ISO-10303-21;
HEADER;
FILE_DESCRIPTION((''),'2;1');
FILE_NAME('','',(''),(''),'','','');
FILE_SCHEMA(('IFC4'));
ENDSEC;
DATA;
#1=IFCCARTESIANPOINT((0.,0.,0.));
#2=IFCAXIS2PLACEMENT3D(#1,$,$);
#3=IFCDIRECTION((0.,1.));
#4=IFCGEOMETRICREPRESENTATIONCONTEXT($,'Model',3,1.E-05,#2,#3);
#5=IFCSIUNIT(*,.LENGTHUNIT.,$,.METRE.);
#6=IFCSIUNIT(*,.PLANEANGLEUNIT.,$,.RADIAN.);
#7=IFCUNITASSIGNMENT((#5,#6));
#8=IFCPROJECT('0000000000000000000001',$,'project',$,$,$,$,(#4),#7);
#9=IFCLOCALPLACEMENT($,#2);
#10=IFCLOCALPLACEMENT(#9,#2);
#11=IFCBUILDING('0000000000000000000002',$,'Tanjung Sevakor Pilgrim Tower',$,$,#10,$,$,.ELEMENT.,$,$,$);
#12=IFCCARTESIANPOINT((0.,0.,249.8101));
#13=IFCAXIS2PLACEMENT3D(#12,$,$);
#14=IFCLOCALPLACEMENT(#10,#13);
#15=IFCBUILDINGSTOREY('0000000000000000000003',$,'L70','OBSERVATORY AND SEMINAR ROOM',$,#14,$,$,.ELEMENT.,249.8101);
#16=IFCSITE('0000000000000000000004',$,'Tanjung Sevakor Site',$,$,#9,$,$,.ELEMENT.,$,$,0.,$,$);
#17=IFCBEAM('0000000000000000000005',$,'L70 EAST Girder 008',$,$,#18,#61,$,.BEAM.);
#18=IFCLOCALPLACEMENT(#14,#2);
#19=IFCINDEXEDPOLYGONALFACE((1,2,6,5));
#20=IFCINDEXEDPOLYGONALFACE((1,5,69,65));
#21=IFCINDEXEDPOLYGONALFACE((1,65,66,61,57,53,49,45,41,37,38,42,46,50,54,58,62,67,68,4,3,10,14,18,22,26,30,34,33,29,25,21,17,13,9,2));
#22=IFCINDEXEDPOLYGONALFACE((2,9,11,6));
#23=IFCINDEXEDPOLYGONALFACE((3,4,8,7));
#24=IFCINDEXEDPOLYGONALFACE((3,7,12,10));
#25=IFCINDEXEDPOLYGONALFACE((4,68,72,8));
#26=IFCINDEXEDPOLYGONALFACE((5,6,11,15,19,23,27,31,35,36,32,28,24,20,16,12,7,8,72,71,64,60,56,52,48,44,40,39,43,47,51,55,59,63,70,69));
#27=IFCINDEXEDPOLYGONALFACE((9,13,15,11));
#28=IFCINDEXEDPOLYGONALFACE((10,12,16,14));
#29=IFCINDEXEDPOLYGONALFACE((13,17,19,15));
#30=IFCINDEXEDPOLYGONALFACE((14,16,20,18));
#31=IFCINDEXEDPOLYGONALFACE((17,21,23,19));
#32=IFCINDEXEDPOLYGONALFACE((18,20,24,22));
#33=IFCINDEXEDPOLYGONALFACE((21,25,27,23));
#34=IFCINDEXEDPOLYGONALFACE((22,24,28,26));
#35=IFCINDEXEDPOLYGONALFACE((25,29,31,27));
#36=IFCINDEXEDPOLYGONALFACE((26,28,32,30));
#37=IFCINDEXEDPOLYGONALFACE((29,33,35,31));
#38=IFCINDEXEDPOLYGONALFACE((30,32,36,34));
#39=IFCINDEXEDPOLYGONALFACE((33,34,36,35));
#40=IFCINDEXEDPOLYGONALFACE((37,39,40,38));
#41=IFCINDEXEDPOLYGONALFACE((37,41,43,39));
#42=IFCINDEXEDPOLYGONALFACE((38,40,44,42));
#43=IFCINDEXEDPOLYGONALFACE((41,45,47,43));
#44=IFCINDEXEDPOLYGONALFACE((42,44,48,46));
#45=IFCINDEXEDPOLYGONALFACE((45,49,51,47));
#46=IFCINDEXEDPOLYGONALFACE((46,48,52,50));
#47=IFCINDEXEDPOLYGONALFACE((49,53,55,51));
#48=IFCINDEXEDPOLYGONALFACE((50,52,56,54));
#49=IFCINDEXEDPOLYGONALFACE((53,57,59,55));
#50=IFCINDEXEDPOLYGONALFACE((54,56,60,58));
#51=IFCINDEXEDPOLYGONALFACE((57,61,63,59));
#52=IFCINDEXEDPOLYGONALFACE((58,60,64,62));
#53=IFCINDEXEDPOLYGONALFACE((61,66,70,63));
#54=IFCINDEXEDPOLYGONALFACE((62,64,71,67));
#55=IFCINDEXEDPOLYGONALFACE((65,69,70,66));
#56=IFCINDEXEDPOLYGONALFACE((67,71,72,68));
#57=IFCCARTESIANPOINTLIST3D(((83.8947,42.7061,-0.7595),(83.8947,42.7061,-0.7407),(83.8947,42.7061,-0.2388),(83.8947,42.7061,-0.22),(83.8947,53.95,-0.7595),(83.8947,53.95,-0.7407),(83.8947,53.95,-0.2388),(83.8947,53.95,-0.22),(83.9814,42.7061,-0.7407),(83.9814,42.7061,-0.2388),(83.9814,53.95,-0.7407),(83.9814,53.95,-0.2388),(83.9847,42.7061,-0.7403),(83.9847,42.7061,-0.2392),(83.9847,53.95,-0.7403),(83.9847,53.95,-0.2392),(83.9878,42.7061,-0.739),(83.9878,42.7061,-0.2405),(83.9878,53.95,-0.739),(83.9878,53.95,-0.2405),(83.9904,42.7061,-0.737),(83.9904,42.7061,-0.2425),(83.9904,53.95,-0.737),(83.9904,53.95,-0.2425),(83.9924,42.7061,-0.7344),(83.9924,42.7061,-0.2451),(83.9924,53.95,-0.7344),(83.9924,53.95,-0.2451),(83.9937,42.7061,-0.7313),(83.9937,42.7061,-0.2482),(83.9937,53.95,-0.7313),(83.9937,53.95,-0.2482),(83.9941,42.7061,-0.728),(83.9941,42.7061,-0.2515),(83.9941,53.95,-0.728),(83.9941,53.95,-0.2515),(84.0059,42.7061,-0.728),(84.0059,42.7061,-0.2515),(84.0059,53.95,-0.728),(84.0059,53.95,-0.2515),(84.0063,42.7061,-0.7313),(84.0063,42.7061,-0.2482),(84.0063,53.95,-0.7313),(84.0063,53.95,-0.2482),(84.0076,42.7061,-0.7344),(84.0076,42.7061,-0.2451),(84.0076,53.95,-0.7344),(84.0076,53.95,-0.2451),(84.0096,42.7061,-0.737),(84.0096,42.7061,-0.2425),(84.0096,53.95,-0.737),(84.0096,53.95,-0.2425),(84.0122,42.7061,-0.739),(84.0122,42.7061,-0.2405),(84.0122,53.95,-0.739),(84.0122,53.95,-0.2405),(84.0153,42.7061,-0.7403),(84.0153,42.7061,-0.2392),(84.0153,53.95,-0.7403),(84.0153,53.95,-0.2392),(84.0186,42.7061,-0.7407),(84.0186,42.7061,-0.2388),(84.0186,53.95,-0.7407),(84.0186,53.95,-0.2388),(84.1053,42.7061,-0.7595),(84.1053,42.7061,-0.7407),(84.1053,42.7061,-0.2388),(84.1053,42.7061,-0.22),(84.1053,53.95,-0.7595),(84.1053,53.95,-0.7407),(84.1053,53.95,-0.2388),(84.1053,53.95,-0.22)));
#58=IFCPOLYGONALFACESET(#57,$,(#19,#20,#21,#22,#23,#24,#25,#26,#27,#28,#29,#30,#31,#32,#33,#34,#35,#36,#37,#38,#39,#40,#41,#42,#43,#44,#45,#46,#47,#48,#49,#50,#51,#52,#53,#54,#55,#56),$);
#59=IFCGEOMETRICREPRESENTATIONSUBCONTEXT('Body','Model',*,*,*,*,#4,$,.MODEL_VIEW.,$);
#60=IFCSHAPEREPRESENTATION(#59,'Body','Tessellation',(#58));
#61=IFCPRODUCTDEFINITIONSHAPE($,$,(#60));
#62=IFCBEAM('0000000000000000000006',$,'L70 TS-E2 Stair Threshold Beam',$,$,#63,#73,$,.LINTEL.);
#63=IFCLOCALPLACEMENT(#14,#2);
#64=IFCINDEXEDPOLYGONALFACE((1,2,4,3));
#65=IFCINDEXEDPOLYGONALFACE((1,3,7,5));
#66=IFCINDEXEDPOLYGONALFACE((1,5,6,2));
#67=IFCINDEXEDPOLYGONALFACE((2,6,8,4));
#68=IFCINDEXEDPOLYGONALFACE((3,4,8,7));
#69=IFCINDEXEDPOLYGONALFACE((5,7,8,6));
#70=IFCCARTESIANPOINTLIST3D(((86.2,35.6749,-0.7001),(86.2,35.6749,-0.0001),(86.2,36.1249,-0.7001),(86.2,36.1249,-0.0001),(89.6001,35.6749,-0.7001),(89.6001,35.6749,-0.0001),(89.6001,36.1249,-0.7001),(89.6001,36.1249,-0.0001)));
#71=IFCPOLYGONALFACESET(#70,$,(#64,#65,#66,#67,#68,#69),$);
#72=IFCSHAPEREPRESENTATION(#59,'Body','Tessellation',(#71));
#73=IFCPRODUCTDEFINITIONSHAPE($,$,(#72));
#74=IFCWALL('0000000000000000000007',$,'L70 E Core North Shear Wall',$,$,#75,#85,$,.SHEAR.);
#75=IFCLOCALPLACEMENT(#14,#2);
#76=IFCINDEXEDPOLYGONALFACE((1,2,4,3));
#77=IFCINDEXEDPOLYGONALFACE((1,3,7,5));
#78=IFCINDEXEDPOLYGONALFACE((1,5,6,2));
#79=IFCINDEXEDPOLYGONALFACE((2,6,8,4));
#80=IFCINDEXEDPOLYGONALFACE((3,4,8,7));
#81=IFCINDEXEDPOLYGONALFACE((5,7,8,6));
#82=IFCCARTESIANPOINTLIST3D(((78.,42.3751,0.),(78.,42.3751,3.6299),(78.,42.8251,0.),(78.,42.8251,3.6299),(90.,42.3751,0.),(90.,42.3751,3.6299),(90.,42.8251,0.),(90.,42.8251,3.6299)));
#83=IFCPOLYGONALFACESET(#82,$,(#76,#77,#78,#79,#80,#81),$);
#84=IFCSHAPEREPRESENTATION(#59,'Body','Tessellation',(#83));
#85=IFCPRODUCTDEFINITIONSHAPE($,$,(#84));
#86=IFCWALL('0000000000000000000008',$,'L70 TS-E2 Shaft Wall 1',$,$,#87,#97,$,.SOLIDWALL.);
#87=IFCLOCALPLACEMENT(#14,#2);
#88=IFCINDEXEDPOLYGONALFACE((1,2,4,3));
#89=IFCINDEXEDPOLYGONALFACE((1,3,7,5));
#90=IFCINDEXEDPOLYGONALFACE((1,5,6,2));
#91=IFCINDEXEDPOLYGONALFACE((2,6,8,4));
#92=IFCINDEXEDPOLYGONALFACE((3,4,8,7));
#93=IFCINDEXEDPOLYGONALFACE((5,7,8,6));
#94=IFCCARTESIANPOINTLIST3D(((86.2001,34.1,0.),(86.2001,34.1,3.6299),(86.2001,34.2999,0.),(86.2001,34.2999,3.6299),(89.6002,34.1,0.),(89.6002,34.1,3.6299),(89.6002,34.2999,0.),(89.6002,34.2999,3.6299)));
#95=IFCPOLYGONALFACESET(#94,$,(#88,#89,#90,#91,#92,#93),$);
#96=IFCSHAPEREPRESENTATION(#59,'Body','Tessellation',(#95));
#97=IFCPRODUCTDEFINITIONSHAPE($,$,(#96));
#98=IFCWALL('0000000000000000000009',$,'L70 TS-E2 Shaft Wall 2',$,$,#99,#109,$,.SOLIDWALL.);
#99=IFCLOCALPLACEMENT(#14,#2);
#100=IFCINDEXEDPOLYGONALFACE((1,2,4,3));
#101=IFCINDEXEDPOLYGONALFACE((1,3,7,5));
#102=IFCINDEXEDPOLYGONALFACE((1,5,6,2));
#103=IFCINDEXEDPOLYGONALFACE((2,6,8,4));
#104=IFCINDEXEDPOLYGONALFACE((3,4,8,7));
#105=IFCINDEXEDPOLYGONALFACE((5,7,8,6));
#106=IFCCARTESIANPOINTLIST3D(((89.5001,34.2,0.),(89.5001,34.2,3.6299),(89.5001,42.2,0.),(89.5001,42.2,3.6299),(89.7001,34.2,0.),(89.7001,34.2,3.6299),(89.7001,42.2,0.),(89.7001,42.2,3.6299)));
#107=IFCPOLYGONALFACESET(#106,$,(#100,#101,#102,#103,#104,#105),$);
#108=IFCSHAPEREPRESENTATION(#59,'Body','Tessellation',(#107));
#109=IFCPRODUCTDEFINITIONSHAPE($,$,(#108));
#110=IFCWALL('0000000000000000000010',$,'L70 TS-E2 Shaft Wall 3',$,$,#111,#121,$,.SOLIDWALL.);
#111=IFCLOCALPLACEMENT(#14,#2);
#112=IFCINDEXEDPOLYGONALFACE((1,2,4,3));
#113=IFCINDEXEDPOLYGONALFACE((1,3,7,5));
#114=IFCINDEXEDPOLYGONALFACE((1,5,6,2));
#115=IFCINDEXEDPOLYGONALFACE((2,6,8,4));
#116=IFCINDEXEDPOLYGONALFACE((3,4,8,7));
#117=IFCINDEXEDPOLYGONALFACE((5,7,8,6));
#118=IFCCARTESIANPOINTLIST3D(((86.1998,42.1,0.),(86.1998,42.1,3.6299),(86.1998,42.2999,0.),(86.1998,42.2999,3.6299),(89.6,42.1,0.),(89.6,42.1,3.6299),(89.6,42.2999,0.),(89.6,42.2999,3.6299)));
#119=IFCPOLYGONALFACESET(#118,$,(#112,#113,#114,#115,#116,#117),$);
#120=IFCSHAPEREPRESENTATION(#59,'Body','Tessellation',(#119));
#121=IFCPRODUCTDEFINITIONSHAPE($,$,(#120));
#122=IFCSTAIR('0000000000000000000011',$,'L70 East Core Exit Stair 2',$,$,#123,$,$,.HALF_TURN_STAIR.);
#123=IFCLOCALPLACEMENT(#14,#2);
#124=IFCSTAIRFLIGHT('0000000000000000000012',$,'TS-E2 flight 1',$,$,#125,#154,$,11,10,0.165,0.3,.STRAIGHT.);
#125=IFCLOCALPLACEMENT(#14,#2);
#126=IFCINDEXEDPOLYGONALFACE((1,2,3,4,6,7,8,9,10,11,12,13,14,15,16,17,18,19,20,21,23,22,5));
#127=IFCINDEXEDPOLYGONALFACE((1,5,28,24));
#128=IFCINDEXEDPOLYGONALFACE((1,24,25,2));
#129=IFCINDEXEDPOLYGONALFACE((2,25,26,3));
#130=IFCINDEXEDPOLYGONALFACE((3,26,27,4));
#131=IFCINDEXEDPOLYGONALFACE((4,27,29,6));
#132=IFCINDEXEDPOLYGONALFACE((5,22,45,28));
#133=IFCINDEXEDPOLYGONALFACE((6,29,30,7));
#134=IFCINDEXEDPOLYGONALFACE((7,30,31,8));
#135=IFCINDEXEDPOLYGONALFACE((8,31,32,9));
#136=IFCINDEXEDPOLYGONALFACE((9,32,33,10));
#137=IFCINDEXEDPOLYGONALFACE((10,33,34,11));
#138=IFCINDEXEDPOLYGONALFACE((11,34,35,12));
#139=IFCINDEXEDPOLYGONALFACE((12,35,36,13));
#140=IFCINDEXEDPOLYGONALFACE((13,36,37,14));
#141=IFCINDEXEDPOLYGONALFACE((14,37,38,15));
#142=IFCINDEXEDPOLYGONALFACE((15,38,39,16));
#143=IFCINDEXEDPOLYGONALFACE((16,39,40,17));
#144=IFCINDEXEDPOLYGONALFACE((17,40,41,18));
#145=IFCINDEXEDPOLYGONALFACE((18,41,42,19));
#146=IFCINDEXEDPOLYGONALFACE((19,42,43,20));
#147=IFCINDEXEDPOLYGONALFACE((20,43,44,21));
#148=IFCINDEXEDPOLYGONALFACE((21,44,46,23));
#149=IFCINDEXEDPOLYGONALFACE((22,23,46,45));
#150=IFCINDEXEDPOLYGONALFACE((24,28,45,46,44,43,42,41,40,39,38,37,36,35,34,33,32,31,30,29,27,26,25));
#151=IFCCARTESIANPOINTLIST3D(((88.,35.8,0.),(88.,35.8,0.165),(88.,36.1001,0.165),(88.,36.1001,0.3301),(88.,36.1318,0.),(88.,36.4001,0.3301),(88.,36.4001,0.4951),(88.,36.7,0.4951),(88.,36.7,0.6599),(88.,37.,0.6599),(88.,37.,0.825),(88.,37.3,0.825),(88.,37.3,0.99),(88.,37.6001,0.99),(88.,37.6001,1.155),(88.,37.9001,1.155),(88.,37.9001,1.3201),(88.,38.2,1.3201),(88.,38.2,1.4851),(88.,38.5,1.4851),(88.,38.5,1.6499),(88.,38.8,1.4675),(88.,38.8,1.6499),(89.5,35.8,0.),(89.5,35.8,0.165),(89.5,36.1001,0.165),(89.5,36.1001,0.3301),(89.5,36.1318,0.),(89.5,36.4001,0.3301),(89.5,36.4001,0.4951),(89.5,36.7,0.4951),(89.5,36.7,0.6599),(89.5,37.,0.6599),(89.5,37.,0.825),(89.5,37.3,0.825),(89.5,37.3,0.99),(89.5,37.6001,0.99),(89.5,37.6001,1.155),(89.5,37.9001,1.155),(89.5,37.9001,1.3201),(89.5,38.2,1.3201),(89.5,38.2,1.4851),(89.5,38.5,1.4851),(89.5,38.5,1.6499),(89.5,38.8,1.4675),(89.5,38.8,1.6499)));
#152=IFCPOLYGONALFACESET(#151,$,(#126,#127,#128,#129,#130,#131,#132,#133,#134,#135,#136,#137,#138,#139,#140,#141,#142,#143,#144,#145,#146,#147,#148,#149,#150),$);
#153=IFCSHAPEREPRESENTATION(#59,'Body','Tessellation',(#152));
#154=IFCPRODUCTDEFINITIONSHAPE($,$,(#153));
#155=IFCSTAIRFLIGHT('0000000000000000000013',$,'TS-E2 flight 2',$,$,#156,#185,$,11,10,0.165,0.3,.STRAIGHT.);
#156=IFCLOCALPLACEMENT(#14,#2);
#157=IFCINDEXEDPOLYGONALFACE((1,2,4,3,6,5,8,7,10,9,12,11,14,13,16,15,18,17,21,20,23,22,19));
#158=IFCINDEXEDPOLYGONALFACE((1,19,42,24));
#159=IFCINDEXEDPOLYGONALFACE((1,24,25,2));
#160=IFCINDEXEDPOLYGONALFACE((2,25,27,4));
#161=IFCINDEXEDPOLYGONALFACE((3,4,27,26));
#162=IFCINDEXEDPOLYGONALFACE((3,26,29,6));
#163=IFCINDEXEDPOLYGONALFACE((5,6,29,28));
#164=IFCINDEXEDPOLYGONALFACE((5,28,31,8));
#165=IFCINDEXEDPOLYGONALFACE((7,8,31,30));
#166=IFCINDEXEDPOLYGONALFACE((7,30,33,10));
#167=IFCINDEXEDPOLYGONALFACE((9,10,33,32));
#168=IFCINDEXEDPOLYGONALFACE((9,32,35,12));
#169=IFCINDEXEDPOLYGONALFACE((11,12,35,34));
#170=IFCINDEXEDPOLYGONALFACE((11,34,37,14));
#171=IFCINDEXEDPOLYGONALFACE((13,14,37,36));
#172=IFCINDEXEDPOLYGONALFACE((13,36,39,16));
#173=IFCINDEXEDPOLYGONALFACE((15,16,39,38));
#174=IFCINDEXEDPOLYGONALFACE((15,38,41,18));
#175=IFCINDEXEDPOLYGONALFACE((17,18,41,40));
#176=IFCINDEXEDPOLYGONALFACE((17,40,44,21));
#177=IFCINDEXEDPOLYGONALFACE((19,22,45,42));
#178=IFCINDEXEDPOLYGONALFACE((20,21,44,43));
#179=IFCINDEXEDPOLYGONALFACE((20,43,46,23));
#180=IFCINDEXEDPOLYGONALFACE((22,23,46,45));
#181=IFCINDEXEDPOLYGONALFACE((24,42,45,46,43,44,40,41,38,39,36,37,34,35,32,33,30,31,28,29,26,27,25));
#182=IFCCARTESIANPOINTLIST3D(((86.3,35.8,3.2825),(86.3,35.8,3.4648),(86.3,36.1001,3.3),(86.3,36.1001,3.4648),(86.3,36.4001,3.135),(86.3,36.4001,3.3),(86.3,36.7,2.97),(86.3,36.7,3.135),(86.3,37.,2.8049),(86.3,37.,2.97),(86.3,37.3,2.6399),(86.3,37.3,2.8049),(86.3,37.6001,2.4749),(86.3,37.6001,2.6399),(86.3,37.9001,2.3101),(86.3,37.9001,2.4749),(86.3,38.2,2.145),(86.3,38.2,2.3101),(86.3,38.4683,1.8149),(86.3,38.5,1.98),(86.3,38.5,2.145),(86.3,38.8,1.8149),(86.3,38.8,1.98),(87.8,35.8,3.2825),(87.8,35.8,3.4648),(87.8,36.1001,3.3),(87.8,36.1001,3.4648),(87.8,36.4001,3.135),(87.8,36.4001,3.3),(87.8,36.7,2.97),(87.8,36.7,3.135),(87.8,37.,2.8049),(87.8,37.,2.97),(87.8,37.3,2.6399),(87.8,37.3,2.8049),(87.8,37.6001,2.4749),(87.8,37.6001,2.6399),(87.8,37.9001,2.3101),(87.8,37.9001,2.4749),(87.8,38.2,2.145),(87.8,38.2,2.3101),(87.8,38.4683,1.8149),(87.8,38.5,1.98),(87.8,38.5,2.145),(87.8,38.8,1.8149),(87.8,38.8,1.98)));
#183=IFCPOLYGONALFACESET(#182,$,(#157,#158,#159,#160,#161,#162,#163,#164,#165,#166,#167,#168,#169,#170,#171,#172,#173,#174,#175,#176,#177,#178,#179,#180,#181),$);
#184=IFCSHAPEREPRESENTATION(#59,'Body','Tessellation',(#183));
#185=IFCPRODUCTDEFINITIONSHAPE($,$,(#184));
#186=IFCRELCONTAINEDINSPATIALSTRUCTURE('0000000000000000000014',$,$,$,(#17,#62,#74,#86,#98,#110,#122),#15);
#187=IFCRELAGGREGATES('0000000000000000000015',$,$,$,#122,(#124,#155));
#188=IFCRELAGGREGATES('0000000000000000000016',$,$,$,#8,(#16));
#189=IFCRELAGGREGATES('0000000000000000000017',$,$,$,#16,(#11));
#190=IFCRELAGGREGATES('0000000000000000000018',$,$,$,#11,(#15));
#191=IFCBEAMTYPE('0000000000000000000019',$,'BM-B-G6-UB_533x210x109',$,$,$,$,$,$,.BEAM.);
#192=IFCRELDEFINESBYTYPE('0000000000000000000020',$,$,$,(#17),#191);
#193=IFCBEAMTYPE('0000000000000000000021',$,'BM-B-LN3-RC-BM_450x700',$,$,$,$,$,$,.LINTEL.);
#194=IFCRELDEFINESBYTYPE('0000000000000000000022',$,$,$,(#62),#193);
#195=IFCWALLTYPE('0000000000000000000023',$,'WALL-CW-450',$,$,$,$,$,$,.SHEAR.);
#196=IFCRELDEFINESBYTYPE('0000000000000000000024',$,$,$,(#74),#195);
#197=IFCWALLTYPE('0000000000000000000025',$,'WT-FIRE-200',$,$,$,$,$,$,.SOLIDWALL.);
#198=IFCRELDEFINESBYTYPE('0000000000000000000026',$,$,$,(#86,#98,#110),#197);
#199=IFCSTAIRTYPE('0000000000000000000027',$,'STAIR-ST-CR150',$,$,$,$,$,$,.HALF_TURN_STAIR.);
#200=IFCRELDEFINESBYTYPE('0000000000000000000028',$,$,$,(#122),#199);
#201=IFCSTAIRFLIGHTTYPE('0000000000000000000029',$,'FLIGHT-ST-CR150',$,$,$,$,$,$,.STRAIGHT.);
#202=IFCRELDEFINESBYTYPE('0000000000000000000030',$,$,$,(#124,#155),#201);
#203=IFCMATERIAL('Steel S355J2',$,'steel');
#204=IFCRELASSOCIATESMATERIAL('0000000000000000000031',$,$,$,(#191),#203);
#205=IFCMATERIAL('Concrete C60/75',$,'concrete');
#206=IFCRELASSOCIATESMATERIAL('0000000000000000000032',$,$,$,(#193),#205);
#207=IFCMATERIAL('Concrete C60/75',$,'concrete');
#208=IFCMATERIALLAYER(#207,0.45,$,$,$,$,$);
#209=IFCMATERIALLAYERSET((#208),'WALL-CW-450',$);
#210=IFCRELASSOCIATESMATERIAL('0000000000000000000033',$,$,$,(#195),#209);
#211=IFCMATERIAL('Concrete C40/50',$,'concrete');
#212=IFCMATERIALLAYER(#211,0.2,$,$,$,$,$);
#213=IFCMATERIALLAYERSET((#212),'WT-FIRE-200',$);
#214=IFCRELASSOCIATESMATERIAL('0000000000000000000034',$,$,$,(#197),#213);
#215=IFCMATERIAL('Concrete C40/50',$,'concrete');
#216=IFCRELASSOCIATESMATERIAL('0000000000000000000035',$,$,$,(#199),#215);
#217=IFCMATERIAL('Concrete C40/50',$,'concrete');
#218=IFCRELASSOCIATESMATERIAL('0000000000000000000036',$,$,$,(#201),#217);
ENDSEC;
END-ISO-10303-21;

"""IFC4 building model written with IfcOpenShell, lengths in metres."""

from ifc_helpers import new_model, si_unit, direction, frame, frame_2d, origin, origin_2d, place, context, subcontext, project, spatial, polyline, rectangle, i_section, outline, extrude, material, layer, layer_set, material_profile, profile_set, type_object, element, aggregate, save


model = new_model("IFC4")

# Units and contexts
model_context = context("Model", 3, precision=1e-05, world=origin(), true_north=direction((0.0, 1.0)))
body_context = subcontext(model_context, "Body", "Model", "MODEL_VIEW")
ifc_project = project(units=[si_unit("LENGTHUNIT", "METRE"), si_unit("PLANEANGLEUNIT", "RADIAN")], contexts=[model_context])

# Site, building, storey
site_placement = place(None, origin())
site = spatial("IfcSite", under=ifc_project, at=site_placement, Name="Tanjung Sevakor Site", CompositionType="ELEMENT", RefElevation=0.0)
building_placement = place(site_placement, origin())
building = spatial("IfcBuilding", under=site, at=building_placement, Name="Tanjung Sevakor Pilgrim Tower", CompositionType="ELEMENT")
storey_placement = place(building_placement, frame((0.0, 0.0, 249.8101)))
storey = spatial("IfcBuildingStorey", under=building, at=storey_placement, Name="L70", Description="OBSERVATORY AND SEMINAR ROOM", CompositionType="ELEMENT", Elevation=249.8101)

# Beams
ifc_material_1 = material(Name="Steel S355J2", Category="steel")
ifc_material_profile_1 = material_profile(ifc_material_1, i_section(OverallWidth=0.2107, OverallDepth=0.5396, WebThickness=0.0117, FlangeThickness=0.0188, FilletRadius=0.0127, at=origin_2d()))
ifc_profile_set_1 = profile_set([ifc_material_profile_1], Name="Steel S355J2")
beam_type_1 = type_object("IfcBeamType", Name="BM-B-G6-UB_533x210x109", PredefinedType="BEAM", material=ifc_profile_set_1)
beam_1_placement = place(storey_placement, frame((84.0, 42.7061, -0.4897), z_axis=(0.0, 1.0, 0.0), x_axis=(-1.0, 0.0, 0.0)))
element("IfcBeam", 1, at=beam_1_placement, inside=storey, type_object=beam_type_1, Name="L70 EAST Girder 008", PredefinedType="BEAM", context=body_context, shape_type="SweptSolid", body=[
    extrude(i_section(OverallWidth=0.2107, OverallDepth=0.5396, WebThickness=0.0117, FlangeThickness=0.0188, FilletRadius=0.0127, at=origin_2d()), origin(), (0.0, 0.0, 1.0), 11.2439),
])
ifc_material_2 = material(Name="Concrete C60/75", Category="concrete")
ifc_material_profile_2 = material_profile(ifc_material_2, rectangle(XDim=0.45, YDim=0.7, at=origin_2d()))
ifc_profile_set_2 = profile_set([ifc_material_profile_2], Name="Concrete C60/75")
beam_type_2 = type_object("IfcBeamType", Name="BM-B-LN3-RC-BM_450x700", PredefinedType="LINTEL", material=ifc_profile_set_2)
beam_2_placement = place(storey_placement, frame((86.2, 35.8999, -0.3501), z_axis=(1.0, 0.0, 0.0), x_axis=(0.0, 1.0, 0.0)))
element("IfcBeam", 2, at=beam_2_placement, inside=storey, type_object=beam_type_2, Name="L70 TS-E2 Stair Threshold Beam", PredefinedType="LINTEL", context=body_context, shape_type="SweptSolid", body=[
    extrude(rectangle(XDim=0.45, YDim=0.7, at=origin_2d()), origin(), (0.0, 0.0, 1.0), 3.4001),
])

# Walls
ifc_material_3 = material(Name="Concrete C60/75", Category="concrete")
ifc_layer_1 = layer(ifc_material_3, 0.45)
ifc_layer_set_1 = layer_set([ifc_layer_1], Name="WALL-CW-450")
wall_type_1 = type_object("IfcWallType", Name="WALL-CW-450", PredefinedType="SHEAR", material=ifc_layer_set_1)
wall_1_placement = place(storey_placement, frame((90.0, 42.6001, 0.0), z_axis=(0.0, 0.0, 1.0), x_axis=(-1.0, 0.0, 0.0)))
element("IfcWall", 3, at=wall_1_placement, inside=storey, type_object=wall_type_1, Name="L70 E Core North Shear Wall", PredefinedType="SHEAR", context=body_context, shape_type="SweptSolid", body=[
    extrude(rectangle(XDim=12.0, YDim=0.45, at=frame_2d((6.0, 0.0))), origin(), (0.0, 0.0, 1.0), 3.6299),
])
ifc_material_4 = material(Name="Concrete C40/50", Category="concrete")
ifc_layer_2 = layer(ifc_material_4, 0.2)
ifc_layer_set_2 = layer_set([ifc_layer_2], Name="WT-FIRE-200")
wall_type_2 = type_object("IfcWallType", Name="WT-FIRE-200", PredefinedType="SOLIDWALL", material=ifc_layer_set_2)
wall_2_placement = place(storey_placement, frame((86.2, 34.2, 0.0), z_axis=(0.0, 0.0, 1.0), x_axis=(1.0, 0.0, 0.0)))
element("IfcWall", 4, at=wall_2_placement, inside=storey, type_object=wall_type_2, Name="L70 TS-E2 Shaft Wall 1", PredefinedType="SOLIDWALL", context=body_context, shape_type="SweptSolid", body=[
    extrude(rectangle(XDim=3.4001, YDim=0.2, at=frame_2d((1.7002, 0.0))), origin(), (0.0, 0.0, 1.0), 3.6299),
])
wall_3_placement = place(storey_placement, frame((89.6001, 34.2, 0.0), z_axis=(0.0, 0.0, 1.0), x_axis=(0.0, 1.0, 0.0)))
element("IfcWall", 5, at=wall_3_placement, inside=storey, type_object=wall_type_2, Name="L70 TS-E2 Shaft Wall 2", PredefinedType="SOLIDWALL", context=body_context, shape_type="SweptSolid", body=[
    extrude(rectangle(XDim=8.0, YDim=0.2, at=frame_2d((4.0, 0.0))), origin(), (0.0, 0.0, 1.0), 3.6299),
])
wall_4_placement = place(storey_placement, frame((89.6001, 42.2, 0.0), z_axis=(0.0, 0.0, 1.0), x_axis=(-1.0, 0.0, 0.0)))
element("IfcWall", 6, at=wall_4_placement, inside=storey, type_object=wall_type_2, Name="L70 TS-E2 Shaft Wall 3", PredefinedType="SOLIDWALL", context=body_context, shape_type="SweptSolid", body=[
    extrude(rectangle(XDim=3.4001, YDim=0.2, at=frame_2d((1.7002, 0.0))), origin(), (0.0, 0.0, 1.0), 3.6299),
])

# Stair, stair flights
ifc_material_5 = material(Name="Concrete C40/50", Category="concrete")
stair_type = type_object("IfcStairType", Name="STAIR-ST-CR150", PredefinedType="HALF_TURN_STAIR", material=ifc_material_5)
stair_placement = place(storey_placement, origin())
stair = element("IfcStair", 7, at=stair_placement, inside=storey, type_object=stair_type, Name="L70 East Core Exit Stair 2", PredefinedType="HALF_TURN_STAIR")
ifc_material_6 = material(Name="Concrete C40/50", Category="concrete")
stair_flight_type = type_object("IfcStairFlightType", Name="FLIGHT-ST-CR150", PredefinedType="STRAIGHT", material=ifc_material_6)
stair_flight_1_placement = place(storey_placement, frame((88.75, 35.8, 0.0), z_axis=(0.0, 0.0, 1.0), x_axis=(0.0, 1.0, 0.0)))
stair_flight_1 = element("IfcStairFlight", 8, at=stair_flight_1_placement, type_object=stair_flight_type, Name="TS-E2 flight 1", NumberOfRisers=11, NumberOfTreads=10, PredefinedType="STRAIGHT", RiserHeight=0.165, TreadLength=0.3, context=body_context, shape_type="SweptSolid", body=[
    extrude(outline(polyline([(0.0, 0.0), (0.0, 0.165), (0.3, 0.165), (0.3, 0.3301), (0.6001, 0.3301), (0.6001, 0.4951), (0.8999, 0.4951), (0.8999, 0.6599), (1.2, 0.6599), (1.2, 0.825), (1.5, 0.825), (1.5, 0.99), (1.8, 0.99), (1.8, 1.155), (2.1001, 1.155), (2.1001, 1.3201), (2.3999, 1.3201), (2.3999, 1.4851), (2.7, 1.4851), (2.7, 1.6499), (3.0, 1.6499), (3.0, 1.8149), (3.0, 1.4675), (0.3318, 0.0), (0.0, 0.0)])), frame((0.0, 0.75, 0.0), z_axis=(0.0, -1.0, 0.0), x_axis=(1.0, 0.0, 0.0)), (0.0, 0.0, 1.0), 1.5),
])
stair_flight_2_placement = place(storey_placement, frame((87.05, 38.8, 1.8149), z_axis=(0.0, 0.0, 1.0), x_axis=(0.0, -1.0, 0.0)))
stair_flight_2 = element("IfcStairFlight", 9, at=stair_flight_2_placement, type_object=stair_flight_type, Name="TS-E2 flight 2", NumberOfRisers=11, NumberOfTreads=10, PredefinedType="STRAIGHT", RiserHeight=0.165, TreadLength=0.3, context=body_context, shape_type="SweptSolid", body=[
    extrude(outline(polyline([(0.0, 0.0), (0.0, 0.165), (0.3, 0.165), (0.3, 0.3301), (0.6001, 0.3301), (0.6001, 0.4951), (0.8999, 0.4951), (0.8999, 0.6599), (1.2, 0.6599), (1.2, 0.825), (1.5, 0.825), (1.5, 0.99), (1.8, 0.99), (1.8, 1.155), (2.1001, 1.155), (2.1001, 1.3201), (2.3999, 1.3201), (2.3999, 1.4851), (2.7, 1.4851), (2.7, 1.6499), (3.0, 1.6499), (3.0, 1.8149), (3.0, 1.4675), (0.3318, 0.0), (0.0, 0.0)])), frame((0.0, 0.75, 0.0), z_axis=(0.0, -1.0, 0.0), x_axis=(1.0, 0.0, 0.0)), (0.0, 0.0, 1.0), 1.5),
])
aggregate(stair, [stair_flight_1, stair_flight_2])

save(model, "model.ifc")
